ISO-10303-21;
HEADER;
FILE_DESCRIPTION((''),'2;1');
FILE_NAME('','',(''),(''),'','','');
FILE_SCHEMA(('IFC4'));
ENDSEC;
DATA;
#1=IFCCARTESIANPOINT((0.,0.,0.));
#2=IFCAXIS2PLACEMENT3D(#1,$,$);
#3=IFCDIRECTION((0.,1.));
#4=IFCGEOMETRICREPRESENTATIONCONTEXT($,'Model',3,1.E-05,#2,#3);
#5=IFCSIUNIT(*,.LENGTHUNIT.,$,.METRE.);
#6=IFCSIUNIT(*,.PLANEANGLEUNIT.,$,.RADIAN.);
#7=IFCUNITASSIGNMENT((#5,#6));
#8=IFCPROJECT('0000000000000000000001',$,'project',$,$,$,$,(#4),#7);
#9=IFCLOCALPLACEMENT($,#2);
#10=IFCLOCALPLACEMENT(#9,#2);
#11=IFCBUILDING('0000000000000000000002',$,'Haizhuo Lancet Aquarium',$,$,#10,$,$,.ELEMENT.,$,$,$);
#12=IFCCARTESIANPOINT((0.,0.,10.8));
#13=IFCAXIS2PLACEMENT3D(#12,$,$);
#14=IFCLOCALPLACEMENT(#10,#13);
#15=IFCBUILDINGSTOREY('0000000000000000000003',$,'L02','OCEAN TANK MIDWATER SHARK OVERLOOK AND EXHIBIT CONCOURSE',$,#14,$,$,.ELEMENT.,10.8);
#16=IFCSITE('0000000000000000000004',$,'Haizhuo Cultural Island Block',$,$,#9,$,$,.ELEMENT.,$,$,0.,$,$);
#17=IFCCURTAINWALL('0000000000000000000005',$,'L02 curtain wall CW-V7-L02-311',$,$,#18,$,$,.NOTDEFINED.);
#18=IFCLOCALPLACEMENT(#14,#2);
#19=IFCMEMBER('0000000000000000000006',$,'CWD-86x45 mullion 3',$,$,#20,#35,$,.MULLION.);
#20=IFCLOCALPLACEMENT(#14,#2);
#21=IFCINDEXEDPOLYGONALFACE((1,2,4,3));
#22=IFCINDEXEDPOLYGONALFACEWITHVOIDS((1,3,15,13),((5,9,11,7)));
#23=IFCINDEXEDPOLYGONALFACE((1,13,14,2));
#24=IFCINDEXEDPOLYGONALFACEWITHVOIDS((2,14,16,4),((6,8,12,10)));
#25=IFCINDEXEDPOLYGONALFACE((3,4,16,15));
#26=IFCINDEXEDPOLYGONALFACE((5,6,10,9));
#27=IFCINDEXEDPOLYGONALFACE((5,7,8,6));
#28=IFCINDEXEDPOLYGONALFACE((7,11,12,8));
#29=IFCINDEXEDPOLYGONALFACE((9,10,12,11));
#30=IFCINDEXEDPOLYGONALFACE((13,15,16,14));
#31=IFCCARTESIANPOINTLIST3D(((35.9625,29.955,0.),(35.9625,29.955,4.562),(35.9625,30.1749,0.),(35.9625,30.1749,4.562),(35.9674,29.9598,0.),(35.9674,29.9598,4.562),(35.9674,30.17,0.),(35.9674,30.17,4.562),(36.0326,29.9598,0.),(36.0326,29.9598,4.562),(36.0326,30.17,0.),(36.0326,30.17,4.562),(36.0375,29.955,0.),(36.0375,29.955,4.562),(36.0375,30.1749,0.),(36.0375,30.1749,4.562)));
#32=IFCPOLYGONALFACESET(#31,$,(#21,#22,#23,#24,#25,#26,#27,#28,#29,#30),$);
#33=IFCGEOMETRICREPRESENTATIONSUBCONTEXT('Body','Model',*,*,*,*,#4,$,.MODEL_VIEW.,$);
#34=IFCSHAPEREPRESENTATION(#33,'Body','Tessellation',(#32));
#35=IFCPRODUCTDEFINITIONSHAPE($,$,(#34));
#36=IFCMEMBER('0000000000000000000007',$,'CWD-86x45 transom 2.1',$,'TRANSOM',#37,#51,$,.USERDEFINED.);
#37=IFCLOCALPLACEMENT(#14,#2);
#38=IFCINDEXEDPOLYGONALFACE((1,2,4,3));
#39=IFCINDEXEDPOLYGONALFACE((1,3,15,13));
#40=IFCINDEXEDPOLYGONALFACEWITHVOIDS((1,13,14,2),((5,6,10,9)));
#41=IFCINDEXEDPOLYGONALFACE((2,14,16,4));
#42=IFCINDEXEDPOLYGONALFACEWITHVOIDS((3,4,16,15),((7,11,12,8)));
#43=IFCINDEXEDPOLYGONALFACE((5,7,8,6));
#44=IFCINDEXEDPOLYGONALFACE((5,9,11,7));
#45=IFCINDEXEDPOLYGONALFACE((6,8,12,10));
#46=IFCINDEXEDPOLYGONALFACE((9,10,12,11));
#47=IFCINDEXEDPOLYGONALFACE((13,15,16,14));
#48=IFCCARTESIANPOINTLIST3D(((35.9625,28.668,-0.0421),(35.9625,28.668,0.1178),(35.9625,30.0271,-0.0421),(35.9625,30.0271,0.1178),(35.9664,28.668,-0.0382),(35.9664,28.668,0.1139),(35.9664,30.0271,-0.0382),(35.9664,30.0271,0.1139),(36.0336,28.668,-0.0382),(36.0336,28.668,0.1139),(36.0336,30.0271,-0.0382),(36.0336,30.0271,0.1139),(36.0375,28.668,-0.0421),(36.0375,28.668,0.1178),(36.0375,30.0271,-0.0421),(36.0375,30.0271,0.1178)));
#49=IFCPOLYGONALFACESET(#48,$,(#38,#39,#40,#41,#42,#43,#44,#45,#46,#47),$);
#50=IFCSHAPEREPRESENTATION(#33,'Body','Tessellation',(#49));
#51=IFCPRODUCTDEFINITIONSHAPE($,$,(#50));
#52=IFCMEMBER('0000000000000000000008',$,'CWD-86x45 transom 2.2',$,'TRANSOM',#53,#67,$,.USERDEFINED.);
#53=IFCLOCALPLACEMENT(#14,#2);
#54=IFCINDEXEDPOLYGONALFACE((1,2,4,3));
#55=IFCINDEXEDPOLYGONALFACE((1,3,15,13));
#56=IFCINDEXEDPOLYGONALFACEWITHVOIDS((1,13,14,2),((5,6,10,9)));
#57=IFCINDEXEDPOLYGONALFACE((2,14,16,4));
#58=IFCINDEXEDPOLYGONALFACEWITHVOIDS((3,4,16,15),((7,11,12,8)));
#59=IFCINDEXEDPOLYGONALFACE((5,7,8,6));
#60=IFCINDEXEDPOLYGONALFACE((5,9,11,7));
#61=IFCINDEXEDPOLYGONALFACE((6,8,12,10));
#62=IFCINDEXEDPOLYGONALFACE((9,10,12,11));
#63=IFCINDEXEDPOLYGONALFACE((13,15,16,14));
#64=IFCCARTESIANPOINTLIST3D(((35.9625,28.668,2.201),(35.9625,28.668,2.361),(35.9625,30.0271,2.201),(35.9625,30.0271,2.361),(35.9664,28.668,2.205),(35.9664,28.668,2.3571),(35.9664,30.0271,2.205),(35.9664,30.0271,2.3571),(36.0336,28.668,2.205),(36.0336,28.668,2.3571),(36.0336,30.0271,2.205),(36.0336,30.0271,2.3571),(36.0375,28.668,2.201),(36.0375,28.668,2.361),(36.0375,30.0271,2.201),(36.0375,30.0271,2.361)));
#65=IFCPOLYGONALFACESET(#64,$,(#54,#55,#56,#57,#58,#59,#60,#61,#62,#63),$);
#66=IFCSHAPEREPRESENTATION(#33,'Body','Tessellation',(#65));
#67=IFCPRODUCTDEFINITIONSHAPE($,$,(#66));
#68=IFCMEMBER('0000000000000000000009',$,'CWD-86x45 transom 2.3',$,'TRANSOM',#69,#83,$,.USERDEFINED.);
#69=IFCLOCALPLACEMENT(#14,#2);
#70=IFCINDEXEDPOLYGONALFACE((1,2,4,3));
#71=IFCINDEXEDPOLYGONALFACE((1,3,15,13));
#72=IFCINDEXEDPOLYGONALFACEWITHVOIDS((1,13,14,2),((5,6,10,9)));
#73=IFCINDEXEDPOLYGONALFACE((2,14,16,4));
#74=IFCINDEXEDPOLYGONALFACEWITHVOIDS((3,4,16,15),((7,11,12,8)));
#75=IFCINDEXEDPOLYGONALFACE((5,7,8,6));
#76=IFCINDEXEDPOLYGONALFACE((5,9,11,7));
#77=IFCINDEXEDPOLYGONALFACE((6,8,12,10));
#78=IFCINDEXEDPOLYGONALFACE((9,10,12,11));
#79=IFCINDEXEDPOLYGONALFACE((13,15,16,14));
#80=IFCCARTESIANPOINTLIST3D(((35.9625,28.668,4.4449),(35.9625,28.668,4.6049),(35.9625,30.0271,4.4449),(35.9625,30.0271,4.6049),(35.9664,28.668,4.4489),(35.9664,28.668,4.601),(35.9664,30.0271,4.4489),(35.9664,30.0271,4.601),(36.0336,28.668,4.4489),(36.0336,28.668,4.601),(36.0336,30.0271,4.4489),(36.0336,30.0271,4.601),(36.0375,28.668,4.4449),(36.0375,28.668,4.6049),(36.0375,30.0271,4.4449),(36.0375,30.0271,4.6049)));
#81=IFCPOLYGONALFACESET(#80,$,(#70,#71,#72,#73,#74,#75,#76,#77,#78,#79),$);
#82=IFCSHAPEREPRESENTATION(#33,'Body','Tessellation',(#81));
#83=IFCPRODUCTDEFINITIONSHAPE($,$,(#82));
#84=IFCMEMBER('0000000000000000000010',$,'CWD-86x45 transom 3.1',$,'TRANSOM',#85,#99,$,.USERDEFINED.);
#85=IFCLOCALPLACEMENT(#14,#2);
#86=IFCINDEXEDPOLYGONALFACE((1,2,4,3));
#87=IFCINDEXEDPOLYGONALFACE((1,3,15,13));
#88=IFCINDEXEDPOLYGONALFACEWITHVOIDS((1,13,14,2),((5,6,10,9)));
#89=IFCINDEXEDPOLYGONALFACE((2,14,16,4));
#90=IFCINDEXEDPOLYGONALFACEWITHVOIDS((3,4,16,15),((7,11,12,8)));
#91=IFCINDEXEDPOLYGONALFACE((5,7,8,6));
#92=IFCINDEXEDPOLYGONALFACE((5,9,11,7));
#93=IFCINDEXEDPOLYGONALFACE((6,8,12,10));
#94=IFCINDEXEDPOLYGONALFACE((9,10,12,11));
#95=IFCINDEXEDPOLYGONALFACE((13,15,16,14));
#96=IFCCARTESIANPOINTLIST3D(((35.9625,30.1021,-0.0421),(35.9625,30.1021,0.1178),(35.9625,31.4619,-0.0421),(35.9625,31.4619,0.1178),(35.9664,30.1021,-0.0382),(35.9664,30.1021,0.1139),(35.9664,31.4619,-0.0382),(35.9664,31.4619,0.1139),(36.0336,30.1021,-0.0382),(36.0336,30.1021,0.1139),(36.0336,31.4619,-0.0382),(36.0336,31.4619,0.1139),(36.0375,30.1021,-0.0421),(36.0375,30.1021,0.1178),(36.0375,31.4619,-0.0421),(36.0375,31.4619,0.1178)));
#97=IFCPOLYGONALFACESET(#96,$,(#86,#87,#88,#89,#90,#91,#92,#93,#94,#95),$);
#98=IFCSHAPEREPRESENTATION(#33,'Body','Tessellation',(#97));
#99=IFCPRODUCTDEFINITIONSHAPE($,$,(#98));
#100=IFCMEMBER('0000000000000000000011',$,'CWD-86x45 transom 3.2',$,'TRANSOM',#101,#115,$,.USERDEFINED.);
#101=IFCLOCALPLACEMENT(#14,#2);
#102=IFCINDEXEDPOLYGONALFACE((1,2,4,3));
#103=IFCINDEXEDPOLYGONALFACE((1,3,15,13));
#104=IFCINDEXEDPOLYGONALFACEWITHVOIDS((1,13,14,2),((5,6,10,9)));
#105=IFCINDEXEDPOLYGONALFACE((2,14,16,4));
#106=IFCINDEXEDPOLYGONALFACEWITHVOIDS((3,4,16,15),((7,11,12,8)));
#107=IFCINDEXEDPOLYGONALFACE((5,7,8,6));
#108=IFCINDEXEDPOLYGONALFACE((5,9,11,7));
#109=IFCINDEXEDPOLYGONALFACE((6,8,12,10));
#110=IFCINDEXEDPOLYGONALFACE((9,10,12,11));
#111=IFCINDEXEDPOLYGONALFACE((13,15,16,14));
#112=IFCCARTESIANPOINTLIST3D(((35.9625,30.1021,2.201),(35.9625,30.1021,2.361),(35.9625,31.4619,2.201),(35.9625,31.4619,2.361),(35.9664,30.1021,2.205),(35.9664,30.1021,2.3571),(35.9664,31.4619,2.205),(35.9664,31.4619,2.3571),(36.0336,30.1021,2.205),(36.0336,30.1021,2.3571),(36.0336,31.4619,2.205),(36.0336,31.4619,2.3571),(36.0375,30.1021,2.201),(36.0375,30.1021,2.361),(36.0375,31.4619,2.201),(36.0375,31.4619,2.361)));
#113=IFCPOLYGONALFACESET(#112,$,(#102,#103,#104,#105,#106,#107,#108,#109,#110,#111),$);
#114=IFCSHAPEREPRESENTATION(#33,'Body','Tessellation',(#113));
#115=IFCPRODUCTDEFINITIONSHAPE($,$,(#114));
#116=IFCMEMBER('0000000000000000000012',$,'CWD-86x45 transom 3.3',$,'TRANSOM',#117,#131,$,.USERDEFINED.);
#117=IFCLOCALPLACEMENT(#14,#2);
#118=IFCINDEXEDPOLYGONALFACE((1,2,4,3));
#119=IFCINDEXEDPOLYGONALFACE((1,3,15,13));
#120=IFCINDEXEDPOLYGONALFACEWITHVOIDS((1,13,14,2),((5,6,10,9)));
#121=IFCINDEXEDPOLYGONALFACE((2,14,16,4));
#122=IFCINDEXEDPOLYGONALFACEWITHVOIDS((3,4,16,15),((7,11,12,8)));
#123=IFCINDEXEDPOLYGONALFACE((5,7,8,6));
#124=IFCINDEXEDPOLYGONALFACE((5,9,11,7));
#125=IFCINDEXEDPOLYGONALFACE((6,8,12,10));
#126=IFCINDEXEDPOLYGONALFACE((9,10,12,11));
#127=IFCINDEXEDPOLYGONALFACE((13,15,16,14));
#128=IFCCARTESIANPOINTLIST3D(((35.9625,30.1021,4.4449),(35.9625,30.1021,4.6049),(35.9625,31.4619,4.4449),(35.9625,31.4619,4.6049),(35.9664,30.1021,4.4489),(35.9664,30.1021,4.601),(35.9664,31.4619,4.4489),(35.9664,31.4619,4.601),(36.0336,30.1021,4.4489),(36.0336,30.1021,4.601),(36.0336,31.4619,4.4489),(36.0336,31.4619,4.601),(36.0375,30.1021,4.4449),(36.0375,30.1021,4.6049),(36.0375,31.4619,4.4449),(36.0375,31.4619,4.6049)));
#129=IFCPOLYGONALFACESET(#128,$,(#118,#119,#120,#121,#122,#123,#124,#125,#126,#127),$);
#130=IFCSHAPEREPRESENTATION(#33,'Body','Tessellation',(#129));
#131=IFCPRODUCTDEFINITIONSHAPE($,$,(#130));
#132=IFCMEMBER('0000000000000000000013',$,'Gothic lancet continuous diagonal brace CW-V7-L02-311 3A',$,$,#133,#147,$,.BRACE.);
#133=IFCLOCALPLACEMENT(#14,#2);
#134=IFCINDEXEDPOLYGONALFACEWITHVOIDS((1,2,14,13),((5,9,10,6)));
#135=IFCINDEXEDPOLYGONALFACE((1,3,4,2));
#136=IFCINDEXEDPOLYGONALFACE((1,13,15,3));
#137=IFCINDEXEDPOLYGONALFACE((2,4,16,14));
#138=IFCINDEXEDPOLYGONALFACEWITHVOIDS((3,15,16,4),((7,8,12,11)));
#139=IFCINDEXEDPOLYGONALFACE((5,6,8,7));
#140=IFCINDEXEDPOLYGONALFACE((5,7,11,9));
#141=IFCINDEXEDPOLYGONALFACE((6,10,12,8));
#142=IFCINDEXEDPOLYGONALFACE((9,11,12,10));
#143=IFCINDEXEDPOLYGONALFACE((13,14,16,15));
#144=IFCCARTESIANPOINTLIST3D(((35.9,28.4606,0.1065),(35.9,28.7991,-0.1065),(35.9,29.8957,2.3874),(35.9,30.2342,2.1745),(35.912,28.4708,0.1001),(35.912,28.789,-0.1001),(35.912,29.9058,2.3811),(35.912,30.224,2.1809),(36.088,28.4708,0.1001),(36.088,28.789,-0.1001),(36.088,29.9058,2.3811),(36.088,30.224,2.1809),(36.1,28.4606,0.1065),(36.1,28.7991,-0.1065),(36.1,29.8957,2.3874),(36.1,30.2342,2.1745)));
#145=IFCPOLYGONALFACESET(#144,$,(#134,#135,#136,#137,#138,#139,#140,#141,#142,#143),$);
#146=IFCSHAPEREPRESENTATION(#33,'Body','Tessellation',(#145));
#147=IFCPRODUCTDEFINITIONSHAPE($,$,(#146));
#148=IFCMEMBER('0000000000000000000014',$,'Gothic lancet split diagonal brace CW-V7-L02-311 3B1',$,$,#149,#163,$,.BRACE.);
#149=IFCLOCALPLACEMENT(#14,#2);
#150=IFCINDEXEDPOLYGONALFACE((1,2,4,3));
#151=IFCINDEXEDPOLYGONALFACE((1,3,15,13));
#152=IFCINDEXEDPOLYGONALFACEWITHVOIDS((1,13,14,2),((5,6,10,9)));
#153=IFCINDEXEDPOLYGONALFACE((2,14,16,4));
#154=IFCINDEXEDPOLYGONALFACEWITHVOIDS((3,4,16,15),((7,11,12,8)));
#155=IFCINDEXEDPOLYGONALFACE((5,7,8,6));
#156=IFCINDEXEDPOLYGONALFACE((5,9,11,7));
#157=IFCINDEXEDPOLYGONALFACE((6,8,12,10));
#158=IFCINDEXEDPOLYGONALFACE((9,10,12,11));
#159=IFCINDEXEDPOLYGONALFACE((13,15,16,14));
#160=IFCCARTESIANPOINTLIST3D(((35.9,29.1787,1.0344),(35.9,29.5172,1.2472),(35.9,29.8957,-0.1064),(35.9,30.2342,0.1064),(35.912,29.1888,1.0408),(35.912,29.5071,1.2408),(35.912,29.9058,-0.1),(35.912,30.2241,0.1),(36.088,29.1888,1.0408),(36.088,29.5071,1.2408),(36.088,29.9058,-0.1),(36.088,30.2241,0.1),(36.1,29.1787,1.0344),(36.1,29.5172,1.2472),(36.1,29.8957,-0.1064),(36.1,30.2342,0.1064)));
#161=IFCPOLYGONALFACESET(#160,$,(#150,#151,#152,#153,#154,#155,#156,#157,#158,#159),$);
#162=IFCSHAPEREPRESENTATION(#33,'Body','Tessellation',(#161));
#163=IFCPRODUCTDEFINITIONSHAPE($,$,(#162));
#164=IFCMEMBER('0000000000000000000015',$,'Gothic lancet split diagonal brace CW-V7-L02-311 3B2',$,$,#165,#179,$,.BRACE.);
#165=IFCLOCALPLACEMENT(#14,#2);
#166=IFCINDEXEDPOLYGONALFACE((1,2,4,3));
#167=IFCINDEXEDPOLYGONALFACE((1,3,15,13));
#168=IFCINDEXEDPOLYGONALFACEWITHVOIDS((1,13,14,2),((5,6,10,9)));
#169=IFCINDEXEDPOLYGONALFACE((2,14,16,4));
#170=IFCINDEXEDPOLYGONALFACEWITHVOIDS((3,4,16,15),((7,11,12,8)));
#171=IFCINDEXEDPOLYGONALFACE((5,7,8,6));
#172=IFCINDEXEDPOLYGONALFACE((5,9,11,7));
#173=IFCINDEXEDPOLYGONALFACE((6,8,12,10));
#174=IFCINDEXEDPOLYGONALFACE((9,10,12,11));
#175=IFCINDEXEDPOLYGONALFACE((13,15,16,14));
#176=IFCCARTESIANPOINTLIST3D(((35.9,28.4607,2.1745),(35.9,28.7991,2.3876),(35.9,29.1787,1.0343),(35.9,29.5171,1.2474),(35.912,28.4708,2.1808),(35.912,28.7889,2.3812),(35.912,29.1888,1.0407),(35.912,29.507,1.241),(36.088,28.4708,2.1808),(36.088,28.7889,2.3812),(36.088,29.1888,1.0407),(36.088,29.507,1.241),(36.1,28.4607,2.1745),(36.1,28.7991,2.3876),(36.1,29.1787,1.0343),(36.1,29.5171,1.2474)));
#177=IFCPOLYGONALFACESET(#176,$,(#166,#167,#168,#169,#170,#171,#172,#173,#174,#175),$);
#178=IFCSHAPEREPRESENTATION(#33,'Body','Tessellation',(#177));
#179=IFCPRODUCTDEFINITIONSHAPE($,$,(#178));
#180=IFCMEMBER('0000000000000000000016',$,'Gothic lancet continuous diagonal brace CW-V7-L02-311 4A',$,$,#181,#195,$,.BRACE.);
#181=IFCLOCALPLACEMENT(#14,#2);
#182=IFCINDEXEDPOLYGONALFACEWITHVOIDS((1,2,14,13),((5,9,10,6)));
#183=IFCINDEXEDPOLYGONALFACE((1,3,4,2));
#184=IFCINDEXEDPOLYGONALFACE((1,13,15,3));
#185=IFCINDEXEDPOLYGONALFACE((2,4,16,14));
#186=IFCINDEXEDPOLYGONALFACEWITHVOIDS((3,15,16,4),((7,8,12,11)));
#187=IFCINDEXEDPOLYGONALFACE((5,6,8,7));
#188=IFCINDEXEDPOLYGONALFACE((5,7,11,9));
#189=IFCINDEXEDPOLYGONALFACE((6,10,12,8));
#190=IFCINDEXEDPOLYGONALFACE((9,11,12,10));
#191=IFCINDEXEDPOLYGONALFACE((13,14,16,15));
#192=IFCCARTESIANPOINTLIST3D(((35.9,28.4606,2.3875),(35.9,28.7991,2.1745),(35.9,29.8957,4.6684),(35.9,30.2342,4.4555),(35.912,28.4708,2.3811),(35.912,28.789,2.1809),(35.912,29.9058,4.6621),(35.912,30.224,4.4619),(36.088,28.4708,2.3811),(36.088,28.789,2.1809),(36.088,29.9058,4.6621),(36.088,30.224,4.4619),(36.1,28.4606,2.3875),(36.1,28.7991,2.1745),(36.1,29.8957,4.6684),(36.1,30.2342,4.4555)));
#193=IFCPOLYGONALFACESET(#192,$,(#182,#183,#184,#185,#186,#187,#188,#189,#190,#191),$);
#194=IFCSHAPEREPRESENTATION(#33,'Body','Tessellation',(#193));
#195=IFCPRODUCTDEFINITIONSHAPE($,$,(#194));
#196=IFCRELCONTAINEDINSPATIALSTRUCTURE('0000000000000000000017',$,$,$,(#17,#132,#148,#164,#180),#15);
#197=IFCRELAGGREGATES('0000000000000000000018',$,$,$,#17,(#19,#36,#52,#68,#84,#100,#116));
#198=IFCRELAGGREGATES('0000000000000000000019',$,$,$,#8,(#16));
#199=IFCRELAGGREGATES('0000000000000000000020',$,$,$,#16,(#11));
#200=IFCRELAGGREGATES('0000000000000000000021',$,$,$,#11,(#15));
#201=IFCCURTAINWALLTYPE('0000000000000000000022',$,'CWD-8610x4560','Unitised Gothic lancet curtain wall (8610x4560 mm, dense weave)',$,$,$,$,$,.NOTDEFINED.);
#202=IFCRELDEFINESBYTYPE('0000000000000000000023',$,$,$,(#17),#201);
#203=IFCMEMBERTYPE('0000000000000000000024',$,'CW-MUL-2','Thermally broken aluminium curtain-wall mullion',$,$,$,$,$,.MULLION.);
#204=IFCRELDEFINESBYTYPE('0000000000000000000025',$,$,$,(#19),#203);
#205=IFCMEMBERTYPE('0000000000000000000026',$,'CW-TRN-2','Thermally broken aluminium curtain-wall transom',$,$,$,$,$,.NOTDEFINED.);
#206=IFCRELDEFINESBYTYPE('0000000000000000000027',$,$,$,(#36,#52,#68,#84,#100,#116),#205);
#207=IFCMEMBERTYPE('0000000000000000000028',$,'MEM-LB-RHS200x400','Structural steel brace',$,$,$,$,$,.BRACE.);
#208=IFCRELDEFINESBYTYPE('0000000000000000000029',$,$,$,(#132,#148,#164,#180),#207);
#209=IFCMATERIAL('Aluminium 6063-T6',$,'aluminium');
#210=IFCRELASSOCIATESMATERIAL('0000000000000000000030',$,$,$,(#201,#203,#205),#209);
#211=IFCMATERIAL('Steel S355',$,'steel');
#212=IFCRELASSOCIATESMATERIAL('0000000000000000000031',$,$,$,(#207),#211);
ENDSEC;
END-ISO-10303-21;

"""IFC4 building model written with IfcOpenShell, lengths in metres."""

from ifc_helpers import new_model, si_unit, direction, frame, origin, origin_2d, place, context, subcontext, project, spatial, hollow_rectangle, extrude, material, material_profile, profile_set, type_object, element, aggregate, save


model = new_model("IFC4")

# Units and contexts
model_context = context("Model", 3, precision=1e-05, world=origin(), true_north=direction((0.0, 1.0)))
body_context = subcontext(model_context, "Body", "Model", "MODEL_VIEW")
ifc_project = project(units=[si_unit("LENGTHUNIT", "METRE"), si_unit("PLANEANGLEUNIT", "RADIAN")], contexts=[model_context])

# Site, building, storey
site_placement = place(None, origin())
site = spatial("IfcSite", under=ifc_project, at=site_placement, Name="Haizhuo Cultural Island Block", CompositionType="ELEMENT", RefElevation=0.0)
building_placement = place(site_placement, origin())
building = spatial("IfcBuilding", under=site, at=building_placement, Name="Haizhuo Lancet Aquarium", CompositionType="ELEMENT")
storey_placement = place(building_placement, frame((0.0, 0.0, 10.8)))
storey = spatial("IfcBuildingStorey", under=building, at=storey_placement, Name="L02", Description="OCEAN TANK MIDWATER SHARK OVERLOOK AND EXHIBIT CONCOURSE", CompositionType="ELEMENT", Elevation=10.8)

# Curtain wall, members
ifc_material_1 = material(Name="Aluminium 6063-T6", Category="aluminium")
curtain_wall_type = type_object("IfcCurtainWallType", Name="CWD-8610x4560", Description="Unitised Gothic lancet curtain wall (8610x4560 mm, dense weave)", PredefinedType="NOTDEFINED", material=ifc_material_1)
curtain_wall_placement = place(storey_placement, origin())
curtain_wall = element("IfcCurtainWall", 1, at=curtain_wall_placement, inside=storey, type_object=curtain_wall_type, Name="L02 curtain wall CW-V7-L02-311", PredefinedType="NOTDEFINED")
ifc_material_profile_1 = material_profile(ifc_material_1, hollow_rectangle(XDim=0.075, YDim=0.22, WallThickness=0.0049, at=origin_2d()), Name="ALU-M 75x220x5")
ifc_profile_set_1 = profile_set([ifc_material_profile_1], Name="Aluminium 6063-T6")
member_type_1 = type_object("IfcMemberType", Name="CW-MUL-2", Description="Thermally broken aluminium curtain-wall mullion", PredefinedType="MULLION", material=ifc_profile_set_1)
member_1_placement = place(storey_placement, frame((36.0, 30.0649, 0.0), z_axis=(0.0, 0.0, 1.0), x_axis=(-1.0, 0.0, 0.0)))
member_1 = element("IfcMember", 2, at=member_1_placement, type_object=member_type_1, Name="CWD-86x45 mullion 3", PredefinedType="MULLION", context=body_context, shape_type="SweptSolid", body=[
    extrude(hollow_rectangle(XDim=0.075, YDim=0.22, WallThickness=0.0049, at=origin_2d()), origin(), (0.0, 0.0, 1.0), 4.562),
])
ifc_material_profile_2 = material_profile(ifc_material_1, hollow_rectangle(XDim=0.075, YDim=0.1599, WallThickness=0.0039, at=origin_2d()), Name="ALU-T 75x160x4")
ifc_profile_set_2 = profile_set([ifc_material_profile_2], Name="Aluminium 6063-T6")
member_type_2 = type_object("IfcMemberType", Name="CW-TRN-2", Description="Thermally broken aluminium curtain-wall transom", PredefinedType="NOTDEFINED", material=ifc_profile_set_2)
member_2_placement = place(storey_placement, frame((36.0, 28.668, 0.0378), z_axis=(0.0, 1.0, 0.0), x_axis=(-1.0, 0.0, 0.0)))
member_2 = element("IfcMember", 3, at=member_2_placement, type_object=member_type_2, Name="CWD-86x45 transom 2.1", ObjectType="TRANSOM", PredefinedType="USERDEFINED", context=body_context, shape_type="SweptSolid", body=[
    extrude(hollow_rectangle(XDim=0.075, YDim=0.1599, WallThickness=0.0039, at=origin_2d()), origin(), (0.0, 0.0, 1.0), 1.3591),
])
member_3_placement = place(storey_placement, frame((36.0, 28.668, 2.281), z_axis=(0.0, 1.0, 0.0), x_axis=(-1.0, 0.0, 0.0)))
member_3 = element("IfcMember", 4, at=member_3_placement, type_object=member_type_2, Name="CWD-86x45 transom 2.2", ObjectType="TRANSOM", PredefinedType="USERDEFINED", context=body_context, shape_type="SweptSolid", body=[
    extrude(hollow_rectangle(XDim=0.075, YDim=0.1599, WallThickness=0.0039, at=origin_2d()), origin(), (0.0, 0.0, 1.0), 1.3591),
])
member_4_placement = place(storey_placement, frame((36.0, 28.668, 4.5249), z_axis=(0.0, 1.0, 0.0), x_axis=(-1.0, 0.0, 0.0)))
member_4 = element("IfcMember", 5, at=member_4_placement, type_object=member_type_2, Name="CWD-86x45 transom 2.3", ObjectType="TRANSOM", PredefinedType="USERDEFINED", context=body_context, shape_type="SweptSolid", body=[
    extrude(hollow_rectangle(XDim=0.075, YDim=0.1599, WallThickness=0.0039, at=origin_2d()), origin(), (0.0, 0.0, 1.0), 1.3591),
])
member_5_placement = place(storey_placement, frame((36.0, 30.1021, 0.0378), z_axis=(0.0, 1.0, 0.0), x_axis=(-1.0, 0.0, 0.0)))
member_5 = element("IfcMember", 6, at=member_5_placement, type_object=member_type_2, Name="CWD-86x45 transom 3.1", ObjectType="TRANSOM", PredefinedType="USERDEFINED", context=body_context, shape_type="SweptSolid", body=[
    extrude(hollow_rectangle(XDim=0.075, YDim=0.1599, WallThickness=0.0039, at=origin_2d()), origin(), (0.0, 0.0, 1.0), 1.3599),
])
member_6_placement = place(storey_placement, frame((36.0, 30.1021, 2.281), z_axis=(0.0, 1.0, 0.0), x_axis=(-1.0, 0.0, 0.0)))
member_6 = element("IfcMember", 7, at=member_6_placement, type_object=member_type_2, Name="CWD-86x45 transom 3.2", ObjectType="TRANSOM", PredefinedType="USERDEFINED", context=body_context, shape_type="SweptSolid", body=[
    extrude(hollow_rectangle(XDim=0.075, YDim=0.1599, WallThickness=0.0039, at=origin_2d()), origin(), (0.0, 0.0, 1.0), 1.3599),
])
member_7_placement = place(storey_placement, frame((36.0, 30.1021, 4.5249), z_axis=(0.0, 1.0, 0.0), x_axis=(-1.0, 0.0, 0.0)))
member_7 = element("IfcMember", 8, at=member_7_placement, type_object=member_type_2, Name="CWD-86x45 transom 3.3", ObjectType="TRANSOM", PredefinedType="USERDEFINED", context=body_context, shape_type="SweptSolid", body=[
    extrude(hollow_rectangle(XDim=0.075, YDim=0.1599, WallThickness=0.0039, at=origin_2d()), origin(), (0.0, 0.0, 1.0), 1.3599),
])

# Members
ifc_material_2 = material(Name="Steel S355", Category="steel")
ifc_material_profile_3 = material_profile(ifc_material_2, hollow_rectangle(XDim=0.2, YDim=0.3999, WallThickness=0.012, at=origin_2d()), Name="RHS 200x400x12")
ifc_profile_set_3 = profile_set([ifc_material_profile_3], Name="Steel S355")
member_type_3 = type_object("IfcMemberType", Name="MEM-LB-RHS200x400", Description="Structural steel brace", PredefinedType="BRACE", material=ifc_profile_set_3)
member_8_placement = place(storey_placement, frame((36.0, 28.6299, 0.0), z_axis=(0.0, 0.532513, 0.846422), x_axis=(-1.0, 0.0, 0.0)))
element("IfcMember", 9, at=member_8_placement, inside=storey, type_object=member_type_3, Name="Gothic lancet continuous diagonal brace CW-V7-L02-311 3A", PredefinedType="BRACE", context=body_context, shape_type="SweptSolid", body=[
    extrude(hollow_rectangle(XDim=0.2, YDim=0.3999, WallThickness=0.012, at=origin_2d()), origin(), (0.0, 0.0, 1.0), 2.6948),
])
for number, where, z_axis, x_axis, name in (
    (10, (36.0, 30.0649, 0.0), (0.0, -0.532131, 0.846662), (1.0, 0.0, 0.0), "Gothic lancet split diagonal brace CW-V7-L02-311 3B1"),
    (11, (36.0, 29.3479, 1.1409), (0.0, -0.532895, 0.846181), (1.0, 0.0, 0.0), "Gothic lancet split diagonal brace CW-V7-L02-311 3B2"),
):
    element("IfcMember", number, at=place(storey_placement, frame(where, z_axis=z_axis, x_axis=x_axis)), inside=storey, type_object=member_type_3, Name=name, PredefinedType="BRACE", context=body_context, shape_type="SweptSolid", body=[
        extrude(hollow_rectangle(XDim=0.2, YDim=0.3999, WallThickness=0.012, at=origin_2d()), origin(), (0.0, 0.0, 1.0), 1.3474),
    ])
member_9_placement = place(storey_placement, frame((36.0, 28.6299, 2.281), z_axis=(0.0, 0.532513, 0.846422), x_axis=(-1.0, 0.0, 0.0)))
element("IfcMember", 12, at=member_9_placement, inside=storey, type_object=member_type_3, Name="Gothic lancet continuous diagonal brace CW-V7-L02-311 4A", PredefinedType="BRACE", context=body_context, shape_type="SweptSolid", body=[
    extrude(hollow_rectangle(XDim=0.2, YDim=0.3999, WallThickness=0.012, at=origin_2d()), origin(), (0.0, 0.0, 1.0), 2.6948),
])

aggregate(curtain_wall, [member_1, member_2, member_3, member_4, member_5, member_6, member_7])

save(model, "model.ifc")
